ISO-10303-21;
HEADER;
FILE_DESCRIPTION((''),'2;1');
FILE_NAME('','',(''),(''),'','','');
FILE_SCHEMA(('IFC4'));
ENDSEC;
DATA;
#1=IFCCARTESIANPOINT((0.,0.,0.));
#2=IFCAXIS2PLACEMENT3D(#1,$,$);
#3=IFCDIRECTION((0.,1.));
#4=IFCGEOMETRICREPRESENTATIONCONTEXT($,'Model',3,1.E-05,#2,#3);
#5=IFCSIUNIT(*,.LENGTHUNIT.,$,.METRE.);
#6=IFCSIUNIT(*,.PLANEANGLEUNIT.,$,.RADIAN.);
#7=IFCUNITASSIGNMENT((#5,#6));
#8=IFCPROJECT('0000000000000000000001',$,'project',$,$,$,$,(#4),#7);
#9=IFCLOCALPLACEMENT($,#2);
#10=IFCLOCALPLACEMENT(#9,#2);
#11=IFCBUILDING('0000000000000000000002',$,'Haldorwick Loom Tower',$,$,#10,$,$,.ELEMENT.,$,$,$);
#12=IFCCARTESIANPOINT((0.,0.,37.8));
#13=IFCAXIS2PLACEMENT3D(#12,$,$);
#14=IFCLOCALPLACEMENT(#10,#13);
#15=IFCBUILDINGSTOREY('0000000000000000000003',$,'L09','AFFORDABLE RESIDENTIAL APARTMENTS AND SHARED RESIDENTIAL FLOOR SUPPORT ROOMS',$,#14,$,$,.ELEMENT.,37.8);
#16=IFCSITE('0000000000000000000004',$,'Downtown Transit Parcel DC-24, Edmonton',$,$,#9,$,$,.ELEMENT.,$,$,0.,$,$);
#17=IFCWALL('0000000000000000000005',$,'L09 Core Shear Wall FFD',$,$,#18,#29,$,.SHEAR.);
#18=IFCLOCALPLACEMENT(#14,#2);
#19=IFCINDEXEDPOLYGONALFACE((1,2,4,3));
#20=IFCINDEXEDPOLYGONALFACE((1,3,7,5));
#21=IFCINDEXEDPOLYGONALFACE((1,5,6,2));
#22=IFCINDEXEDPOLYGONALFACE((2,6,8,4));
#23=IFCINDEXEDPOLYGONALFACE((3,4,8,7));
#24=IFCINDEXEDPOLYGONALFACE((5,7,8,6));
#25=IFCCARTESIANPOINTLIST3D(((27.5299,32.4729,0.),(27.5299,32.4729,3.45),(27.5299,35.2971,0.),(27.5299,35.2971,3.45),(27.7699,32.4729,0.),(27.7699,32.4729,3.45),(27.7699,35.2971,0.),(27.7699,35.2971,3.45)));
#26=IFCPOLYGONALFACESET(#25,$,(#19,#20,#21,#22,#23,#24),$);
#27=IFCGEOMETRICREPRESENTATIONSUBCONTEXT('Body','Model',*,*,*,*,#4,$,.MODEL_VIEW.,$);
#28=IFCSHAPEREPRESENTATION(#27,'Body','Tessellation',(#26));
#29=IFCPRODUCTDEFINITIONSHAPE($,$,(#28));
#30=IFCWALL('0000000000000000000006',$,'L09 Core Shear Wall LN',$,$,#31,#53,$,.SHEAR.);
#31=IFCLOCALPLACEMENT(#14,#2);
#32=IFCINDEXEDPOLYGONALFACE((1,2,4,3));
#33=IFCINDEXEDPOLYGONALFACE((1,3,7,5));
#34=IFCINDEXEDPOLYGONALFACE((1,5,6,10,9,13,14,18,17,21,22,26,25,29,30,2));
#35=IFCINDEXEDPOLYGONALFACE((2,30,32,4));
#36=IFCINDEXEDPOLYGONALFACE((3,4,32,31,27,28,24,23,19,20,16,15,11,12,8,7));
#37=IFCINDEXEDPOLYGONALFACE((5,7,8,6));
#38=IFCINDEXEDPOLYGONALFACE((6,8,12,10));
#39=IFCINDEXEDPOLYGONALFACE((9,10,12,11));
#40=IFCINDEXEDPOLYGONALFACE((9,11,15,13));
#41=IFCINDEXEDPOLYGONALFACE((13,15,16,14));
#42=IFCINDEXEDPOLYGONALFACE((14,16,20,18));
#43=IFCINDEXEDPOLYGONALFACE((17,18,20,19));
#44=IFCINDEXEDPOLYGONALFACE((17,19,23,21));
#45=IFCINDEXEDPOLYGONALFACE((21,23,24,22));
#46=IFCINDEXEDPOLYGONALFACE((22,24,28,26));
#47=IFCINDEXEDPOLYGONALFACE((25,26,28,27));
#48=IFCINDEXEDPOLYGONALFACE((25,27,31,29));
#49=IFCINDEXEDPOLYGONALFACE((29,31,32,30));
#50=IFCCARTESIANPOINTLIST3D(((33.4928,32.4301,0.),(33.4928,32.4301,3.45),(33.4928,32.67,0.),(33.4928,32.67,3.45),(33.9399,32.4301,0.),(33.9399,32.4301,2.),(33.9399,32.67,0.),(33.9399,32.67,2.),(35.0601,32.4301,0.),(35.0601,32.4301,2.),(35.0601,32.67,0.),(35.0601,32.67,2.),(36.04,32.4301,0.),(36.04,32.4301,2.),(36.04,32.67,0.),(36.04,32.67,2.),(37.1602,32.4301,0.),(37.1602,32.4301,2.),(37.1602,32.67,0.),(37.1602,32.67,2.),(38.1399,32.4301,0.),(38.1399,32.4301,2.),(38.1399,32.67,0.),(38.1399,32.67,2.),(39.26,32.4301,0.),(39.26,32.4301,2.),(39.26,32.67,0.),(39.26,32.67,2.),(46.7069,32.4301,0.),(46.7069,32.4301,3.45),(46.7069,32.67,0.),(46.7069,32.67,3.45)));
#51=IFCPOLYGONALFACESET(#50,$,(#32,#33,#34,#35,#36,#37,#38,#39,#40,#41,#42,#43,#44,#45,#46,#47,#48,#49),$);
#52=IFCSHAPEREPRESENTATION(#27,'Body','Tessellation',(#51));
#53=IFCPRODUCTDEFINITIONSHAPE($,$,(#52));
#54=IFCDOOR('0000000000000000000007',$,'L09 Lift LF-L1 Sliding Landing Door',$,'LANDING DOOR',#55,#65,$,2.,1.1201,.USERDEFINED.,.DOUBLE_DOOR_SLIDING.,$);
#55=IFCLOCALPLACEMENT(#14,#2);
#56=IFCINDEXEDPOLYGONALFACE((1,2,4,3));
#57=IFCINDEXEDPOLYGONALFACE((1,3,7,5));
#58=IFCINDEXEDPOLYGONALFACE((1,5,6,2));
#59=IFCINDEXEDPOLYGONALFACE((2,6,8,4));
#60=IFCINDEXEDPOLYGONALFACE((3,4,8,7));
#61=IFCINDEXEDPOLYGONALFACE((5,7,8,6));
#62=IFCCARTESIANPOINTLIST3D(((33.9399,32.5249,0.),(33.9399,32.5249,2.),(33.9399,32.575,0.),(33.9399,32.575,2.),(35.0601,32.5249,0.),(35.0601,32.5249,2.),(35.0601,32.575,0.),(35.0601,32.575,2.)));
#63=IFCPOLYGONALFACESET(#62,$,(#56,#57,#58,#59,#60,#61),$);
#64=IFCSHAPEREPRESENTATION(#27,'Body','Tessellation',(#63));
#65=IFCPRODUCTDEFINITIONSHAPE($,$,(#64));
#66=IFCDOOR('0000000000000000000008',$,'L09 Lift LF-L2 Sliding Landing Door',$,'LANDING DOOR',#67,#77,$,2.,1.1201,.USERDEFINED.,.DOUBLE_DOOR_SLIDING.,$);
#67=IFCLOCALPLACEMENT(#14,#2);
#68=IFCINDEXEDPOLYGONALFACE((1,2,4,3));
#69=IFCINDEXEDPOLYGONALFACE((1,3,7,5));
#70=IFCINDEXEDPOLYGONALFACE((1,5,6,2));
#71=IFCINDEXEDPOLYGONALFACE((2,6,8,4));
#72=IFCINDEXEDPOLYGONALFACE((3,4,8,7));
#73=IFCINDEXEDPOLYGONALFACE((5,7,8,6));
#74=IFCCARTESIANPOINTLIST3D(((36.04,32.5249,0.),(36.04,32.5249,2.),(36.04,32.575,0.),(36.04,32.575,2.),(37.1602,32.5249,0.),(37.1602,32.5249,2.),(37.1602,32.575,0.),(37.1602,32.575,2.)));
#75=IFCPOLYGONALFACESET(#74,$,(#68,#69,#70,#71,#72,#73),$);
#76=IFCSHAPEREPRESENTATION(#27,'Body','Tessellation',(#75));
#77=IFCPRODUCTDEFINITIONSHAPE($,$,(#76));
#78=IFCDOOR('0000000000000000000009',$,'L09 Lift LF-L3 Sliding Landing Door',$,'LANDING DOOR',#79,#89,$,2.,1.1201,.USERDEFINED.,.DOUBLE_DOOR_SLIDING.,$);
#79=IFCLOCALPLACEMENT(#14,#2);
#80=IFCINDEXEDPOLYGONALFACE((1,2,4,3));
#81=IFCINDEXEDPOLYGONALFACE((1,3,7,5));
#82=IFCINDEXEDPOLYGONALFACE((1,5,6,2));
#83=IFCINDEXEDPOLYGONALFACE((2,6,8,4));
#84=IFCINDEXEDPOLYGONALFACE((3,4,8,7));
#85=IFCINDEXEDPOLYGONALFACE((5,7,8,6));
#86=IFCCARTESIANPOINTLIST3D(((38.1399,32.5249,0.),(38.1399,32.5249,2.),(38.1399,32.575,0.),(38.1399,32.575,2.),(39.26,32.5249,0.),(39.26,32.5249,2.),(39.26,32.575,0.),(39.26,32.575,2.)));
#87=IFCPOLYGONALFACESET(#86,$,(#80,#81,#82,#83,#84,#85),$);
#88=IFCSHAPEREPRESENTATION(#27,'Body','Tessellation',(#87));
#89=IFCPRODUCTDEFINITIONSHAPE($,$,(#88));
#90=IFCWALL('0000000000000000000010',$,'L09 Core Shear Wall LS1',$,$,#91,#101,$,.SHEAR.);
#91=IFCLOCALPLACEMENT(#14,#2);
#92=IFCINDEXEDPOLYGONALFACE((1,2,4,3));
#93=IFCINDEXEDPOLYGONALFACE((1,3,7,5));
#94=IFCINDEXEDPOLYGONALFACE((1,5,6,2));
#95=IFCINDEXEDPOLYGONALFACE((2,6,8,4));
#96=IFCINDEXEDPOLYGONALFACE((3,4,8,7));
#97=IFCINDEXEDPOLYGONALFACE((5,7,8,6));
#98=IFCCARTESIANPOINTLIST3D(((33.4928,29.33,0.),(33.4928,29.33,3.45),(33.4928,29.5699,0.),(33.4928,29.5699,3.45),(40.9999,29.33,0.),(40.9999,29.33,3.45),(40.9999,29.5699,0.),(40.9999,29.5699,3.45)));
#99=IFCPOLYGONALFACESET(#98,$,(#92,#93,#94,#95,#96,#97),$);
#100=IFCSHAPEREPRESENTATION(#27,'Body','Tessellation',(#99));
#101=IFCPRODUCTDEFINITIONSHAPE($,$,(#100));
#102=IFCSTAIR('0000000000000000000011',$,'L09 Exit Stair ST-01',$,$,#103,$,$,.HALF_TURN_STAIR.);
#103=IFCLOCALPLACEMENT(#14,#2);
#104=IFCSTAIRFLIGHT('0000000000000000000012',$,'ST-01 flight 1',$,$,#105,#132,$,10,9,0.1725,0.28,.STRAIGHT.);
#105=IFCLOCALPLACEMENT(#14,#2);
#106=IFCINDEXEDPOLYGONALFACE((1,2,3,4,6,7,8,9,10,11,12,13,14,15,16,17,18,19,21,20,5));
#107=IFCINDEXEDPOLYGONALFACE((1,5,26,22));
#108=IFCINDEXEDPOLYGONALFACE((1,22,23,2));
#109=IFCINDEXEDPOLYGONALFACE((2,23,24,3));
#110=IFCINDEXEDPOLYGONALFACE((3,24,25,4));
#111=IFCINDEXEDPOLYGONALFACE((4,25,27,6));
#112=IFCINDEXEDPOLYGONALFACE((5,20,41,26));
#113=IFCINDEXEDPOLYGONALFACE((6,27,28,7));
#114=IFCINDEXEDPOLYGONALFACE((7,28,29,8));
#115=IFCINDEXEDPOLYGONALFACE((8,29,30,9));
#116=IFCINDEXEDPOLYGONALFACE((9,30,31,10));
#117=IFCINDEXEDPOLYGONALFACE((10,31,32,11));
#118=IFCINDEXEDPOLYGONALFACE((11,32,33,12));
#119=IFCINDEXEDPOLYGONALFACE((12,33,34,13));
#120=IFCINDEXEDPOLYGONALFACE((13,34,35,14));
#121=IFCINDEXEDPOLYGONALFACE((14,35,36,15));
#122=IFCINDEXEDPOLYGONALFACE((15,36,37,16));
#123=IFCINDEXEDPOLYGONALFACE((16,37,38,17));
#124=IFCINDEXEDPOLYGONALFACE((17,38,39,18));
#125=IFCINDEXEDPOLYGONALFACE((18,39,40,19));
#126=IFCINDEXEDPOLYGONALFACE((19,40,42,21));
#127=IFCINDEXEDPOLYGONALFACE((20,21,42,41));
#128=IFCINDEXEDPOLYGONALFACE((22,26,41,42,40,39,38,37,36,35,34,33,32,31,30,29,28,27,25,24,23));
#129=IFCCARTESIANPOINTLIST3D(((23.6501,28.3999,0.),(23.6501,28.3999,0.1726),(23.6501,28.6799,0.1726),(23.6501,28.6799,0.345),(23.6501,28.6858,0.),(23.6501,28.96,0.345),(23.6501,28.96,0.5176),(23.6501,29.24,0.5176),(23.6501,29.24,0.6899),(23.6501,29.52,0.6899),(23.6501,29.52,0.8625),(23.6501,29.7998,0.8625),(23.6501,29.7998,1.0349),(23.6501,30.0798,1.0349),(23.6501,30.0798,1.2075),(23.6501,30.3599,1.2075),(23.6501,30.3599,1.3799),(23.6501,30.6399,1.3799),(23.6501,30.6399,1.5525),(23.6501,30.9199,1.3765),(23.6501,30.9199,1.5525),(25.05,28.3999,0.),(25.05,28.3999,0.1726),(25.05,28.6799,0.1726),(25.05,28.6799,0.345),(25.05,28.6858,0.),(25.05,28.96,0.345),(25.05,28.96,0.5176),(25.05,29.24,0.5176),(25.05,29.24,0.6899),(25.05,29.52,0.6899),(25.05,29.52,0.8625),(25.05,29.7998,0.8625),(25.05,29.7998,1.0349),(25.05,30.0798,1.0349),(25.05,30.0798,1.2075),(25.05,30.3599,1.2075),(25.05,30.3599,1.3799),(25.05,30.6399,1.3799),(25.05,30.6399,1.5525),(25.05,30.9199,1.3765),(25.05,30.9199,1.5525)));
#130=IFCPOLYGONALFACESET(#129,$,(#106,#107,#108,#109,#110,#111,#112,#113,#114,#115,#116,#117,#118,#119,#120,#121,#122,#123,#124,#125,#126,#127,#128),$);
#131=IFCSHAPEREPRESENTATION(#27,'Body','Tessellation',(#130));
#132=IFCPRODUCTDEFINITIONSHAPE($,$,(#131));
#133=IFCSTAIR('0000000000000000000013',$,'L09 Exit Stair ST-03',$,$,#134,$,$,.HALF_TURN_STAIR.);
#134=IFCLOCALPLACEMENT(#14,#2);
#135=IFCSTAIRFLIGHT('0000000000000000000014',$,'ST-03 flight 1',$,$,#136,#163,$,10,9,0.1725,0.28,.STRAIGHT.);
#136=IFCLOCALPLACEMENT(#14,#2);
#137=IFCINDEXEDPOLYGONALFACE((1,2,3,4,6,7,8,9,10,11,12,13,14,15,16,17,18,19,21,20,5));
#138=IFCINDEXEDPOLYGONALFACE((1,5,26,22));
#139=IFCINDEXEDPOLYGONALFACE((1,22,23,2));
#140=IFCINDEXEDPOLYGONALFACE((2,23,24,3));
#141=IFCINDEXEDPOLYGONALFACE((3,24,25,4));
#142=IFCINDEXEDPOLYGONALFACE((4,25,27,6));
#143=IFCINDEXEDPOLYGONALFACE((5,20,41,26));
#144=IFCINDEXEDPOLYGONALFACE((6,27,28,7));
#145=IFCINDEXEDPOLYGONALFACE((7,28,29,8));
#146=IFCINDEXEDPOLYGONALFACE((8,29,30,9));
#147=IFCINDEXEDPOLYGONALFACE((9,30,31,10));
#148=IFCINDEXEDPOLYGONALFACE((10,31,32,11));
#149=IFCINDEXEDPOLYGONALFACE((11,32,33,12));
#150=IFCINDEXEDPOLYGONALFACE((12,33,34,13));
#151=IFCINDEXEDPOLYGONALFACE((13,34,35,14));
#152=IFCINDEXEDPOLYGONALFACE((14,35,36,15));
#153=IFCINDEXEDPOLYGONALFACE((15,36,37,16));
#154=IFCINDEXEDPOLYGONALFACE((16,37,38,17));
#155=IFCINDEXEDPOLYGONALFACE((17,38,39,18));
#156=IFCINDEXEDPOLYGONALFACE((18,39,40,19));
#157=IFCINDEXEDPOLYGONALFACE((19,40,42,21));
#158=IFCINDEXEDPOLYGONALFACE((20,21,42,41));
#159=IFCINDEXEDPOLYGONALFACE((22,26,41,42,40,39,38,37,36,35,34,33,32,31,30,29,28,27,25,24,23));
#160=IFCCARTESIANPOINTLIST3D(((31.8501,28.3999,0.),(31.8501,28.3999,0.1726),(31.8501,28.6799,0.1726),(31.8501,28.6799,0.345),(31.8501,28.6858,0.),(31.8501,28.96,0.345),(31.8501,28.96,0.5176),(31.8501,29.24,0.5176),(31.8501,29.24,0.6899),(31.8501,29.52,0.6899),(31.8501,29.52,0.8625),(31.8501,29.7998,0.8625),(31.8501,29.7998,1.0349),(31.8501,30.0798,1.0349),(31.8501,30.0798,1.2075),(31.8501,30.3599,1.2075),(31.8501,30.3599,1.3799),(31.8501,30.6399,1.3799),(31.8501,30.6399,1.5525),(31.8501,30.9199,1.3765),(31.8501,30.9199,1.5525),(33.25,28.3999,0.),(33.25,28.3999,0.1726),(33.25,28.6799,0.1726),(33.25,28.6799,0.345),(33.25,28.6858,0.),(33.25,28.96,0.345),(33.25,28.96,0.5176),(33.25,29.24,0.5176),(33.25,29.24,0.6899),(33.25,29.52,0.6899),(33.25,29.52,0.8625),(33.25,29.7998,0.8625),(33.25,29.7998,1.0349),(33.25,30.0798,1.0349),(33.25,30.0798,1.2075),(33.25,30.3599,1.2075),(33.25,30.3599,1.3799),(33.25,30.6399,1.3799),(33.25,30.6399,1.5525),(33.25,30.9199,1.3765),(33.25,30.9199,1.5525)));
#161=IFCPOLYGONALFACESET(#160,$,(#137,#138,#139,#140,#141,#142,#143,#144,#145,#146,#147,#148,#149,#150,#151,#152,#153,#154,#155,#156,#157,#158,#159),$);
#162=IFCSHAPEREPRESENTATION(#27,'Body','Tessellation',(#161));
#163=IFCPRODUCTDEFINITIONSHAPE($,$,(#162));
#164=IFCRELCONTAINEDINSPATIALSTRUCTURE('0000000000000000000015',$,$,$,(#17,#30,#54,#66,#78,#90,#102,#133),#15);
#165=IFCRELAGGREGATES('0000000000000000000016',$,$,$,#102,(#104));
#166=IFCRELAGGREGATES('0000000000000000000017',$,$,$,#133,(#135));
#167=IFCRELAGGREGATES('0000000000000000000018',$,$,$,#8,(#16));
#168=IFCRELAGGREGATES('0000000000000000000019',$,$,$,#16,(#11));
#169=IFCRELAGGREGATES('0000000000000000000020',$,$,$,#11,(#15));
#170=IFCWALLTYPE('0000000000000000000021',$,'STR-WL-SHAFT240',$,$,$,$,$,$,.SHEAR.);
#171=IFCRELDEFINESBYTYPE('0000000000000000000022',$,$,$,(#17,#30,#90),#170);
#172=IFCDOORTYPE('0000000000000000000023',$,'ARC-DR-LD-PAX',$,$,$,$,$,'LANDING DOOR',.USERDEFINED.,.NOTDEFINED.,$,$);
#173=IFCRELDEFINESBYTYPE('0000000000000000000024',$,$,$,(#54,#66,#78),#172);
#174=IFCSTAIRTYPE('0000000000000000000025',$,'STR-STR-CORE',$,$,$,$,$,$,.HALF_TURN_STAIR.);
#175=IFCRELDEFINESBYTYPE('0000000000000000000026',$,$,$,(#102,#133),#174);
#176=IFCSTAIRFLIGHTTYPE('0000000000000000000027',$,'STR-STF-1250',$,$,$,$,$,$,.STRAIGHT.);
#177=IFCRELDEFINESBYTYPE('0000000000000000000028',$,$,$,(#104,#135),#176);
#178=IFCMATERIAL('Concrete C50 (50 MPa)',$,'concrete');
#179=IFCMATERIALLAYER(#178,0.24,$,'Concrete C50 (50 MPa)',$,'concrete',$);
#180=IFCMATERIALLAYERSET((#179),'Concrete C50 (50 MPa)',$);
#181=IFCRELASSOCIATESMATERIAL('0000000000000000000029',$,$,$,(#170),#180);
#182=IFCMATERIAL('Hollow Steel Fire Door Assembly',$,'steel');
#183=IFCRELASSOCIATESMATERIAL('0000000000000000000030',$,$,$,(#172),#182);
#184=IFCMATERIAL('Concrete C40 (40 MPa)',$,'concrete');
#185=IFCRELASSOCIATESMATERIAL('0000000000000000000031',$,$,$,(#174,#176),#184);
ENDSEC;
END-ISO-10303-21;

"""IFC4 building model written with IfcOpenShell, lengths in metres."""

from ifc_helpers import new_model, si_unit, direction, frame, frame_2d, origin, place, context, subcontext, project, spatial, polyline, rectangle, outline, extrude, material, layer, layer_set, type_object, element, fill, aggregate, save


model = new_model("IFC4")

# Units and contexts
model_context = context("Model", 3, precision=1e-05, world=origin(), true_north=direction((0.0, 1.0)))
body_context = subcontext(model_context, "Body", "Model", "MODEL_VIEW")
ifc_project = project(units=[si_unit("LENGTHUNIT", "METRE"), si_unit("PLANEANGLEUNIT", "RADIAN")], contexts=[model_context])

# Site, building, storey
site_placement = place(None, origin())
site = spatial("IfcSite", under=ifc_project, at=site_placement, Name="Downtown Transit Parcel DC-24, Edmonton", CompositionType="ELEMENT", RefElevation=0.0)
building_placement = place(site_placement, origin())
building = spatial("IfcBuilding", under=site, at=building_placement, Name="Haldorwick Loom Tower", CompositionType="ELEMENT")
storey_placement = place(building_placement, frame((0.0, 0.0, 37.8)))
storey = spatial("IfcBuildingStorey", under=building, at=storey_placement, Name="L09", Description="AFFORDABLE RESIDENTIAL APARTMENTS AND SHARED RESIDENTIAL FLOOR SUPPORT ROOMS", CompositionType="ELEMENT", Elevation=37.8)

# Shared definitions
ifc_material_1 = material(Name="Concrete C50 (50 MPa)", Category="concrete")
ifc_layer = layer(ifc_material_1, 0.24, Name="Concrete C50 (50 MPa)", Category="concrete")
ifc_layer_set = layer_set([ifc_layer], Name="Concrete C50 (50 MPa)")
wall_type = type_object("IfcWallType", Name="STR-WL-SHAFT240", PredefinedType="SHEAR", material=ifc_layer_set)

# Shared definitions
ifc_material_2 = material(Name="Hollow Steel Fire Door Assembly", Category="steel")

# Wall
wall_1_placement = place(storey_placement, frame((27.6499, 32.4729, 0.0), z_axis=(0.0, 0.0, 1.0), x_axis=(0.0, 1.0, 0.0)))
element("IfcWall", 1, at=wall_1_placement, inside=storey, type_object=wall_type, Name="L09 Core Shear Wall FFD", PredefinedType="SHEAR", context=body_context, shape_type="SweptSolid", body=[
    extrude(rectangle(XDim=2.8242, YDim=0.24, at=frame_2d((1.4121, 0.0))), origin(), (0.0, 0.0, 1.0), 3.45),
])

# Wall, openings, doors
wall_2_placement = place(storey_placement, frame((33.4929, 32.55, 0.0), z_axis=(0.0, 0.0, 1.0), x_axis=(1.0, 0.0, 0.0)))
wall_2 = element("IfcWall", 2, at=wall_2_placement, inside=storey, type_object=wall_type, Name="L09 Core Shear Wall LN", PredefinedType="SHEAR", context=body_context, shape_type="SweptSolid", body=[
    extrude(rectangle(XDim=13.2141, YDim=0.24, at=frame_2d((6.6069, 0.0))), origin(), (0.0, 0.0, 1.0), 3.45),
])
opening_1_placement = place(wall_2_placement, frame((0.447, 0.0, 0.0)))
opening_1 = element("IfcOpeningElement", 3, at=opening_1_placement, cuts=wall_2, PredefinedType="OPENING", context=body_context, shape_type="SweptSolid", body=[
    extrude(rectangle(XDim=1.1201, YDim=2.0, at=frame_2d((0.5601, 1.0))), frame((0.0, 0.1299, 0.0), z_axis=(0.0, -1.0, 0.0), x_axis=(1.0, 0.0, 0.0)), (0.0, 0.0, 1.0), 0.26),
])
opening_2_placement = place(wall_2_placement, frame((2.5471, 0.0, 0.0)))
opening_2 = element("IfcOpeningElement", 4, at=opening_2_placement, cuts=wall_2, PredefinedType="OPENING", context=body_context, shape_type="SweptSolid", body=[
    extrude(rectangle(XDim=1.1201, YDim=2.0, at=frame_2d((0.5601, 1.0))), frame((0.0, 0.1299, 0.0), z_axis=(0.0, -1.0, 0.0), x_axis=(1.0, 0.0, 0.0)), (0.0, 0.0, 1.0), 0.26),
])
opening_3_placement = place(wall_2_placement, frame((4.647, 0.0, 0.0)))
opening_3 = element("IfcOpeningElement", 5, at=opening_3_placement, cuts=wall_2, PredefinedType="OPENING", context=body_context, shape_type="SweptSolid", body=[
    extrude(rectangle(XDim=1.1201, YDim=2.0, at=frame_2d((0.5601, 1.0))), frame((0.0, 0.1299, 0.0), z_axis=(0.0, -1.0, 0.0), x_axis=(1.0, 0.0, 0.0)), (0.0, 0.0, 1.0), 0.26),
])
door_type_1 = type_object("IfcDoorType", Name="ARC-DR-LD-PAX", ElementType="LANDING DOOR", OperationType="NOTDEFINED", PredefinedType="USERDEFINED", material=ifc_material_2)
door_1_placement = place(opening_1_placement, origin())
door_1 = element("IfcDoor", 6, at=door_1_placement, inside=storey, type_object=door_type_1, Name="L09 Lift LF-L1 Sliding Landing Door", ObjectType="LANDING DOOR", OperationType="DOUBLE_DOOR_SLIDING", OverallHeight=2.0, OverallWidth=1.1201, PredefinedType="USERDEFINED", context=body_context, shape_type="SweptSolid", body=[
    extrude(rectangle(XDim=1.1201, YDim=2.0, at=frame_2d((0.5601, 1.0))), frame((0.0, 0.0249, 0.0), z_axis=(0.0, -1.0, 0.0), x_axis=(1.0, 0.0, 0.0)), (0.0, 0.0, 1.0), 0.05),
])
fill(opening_1, door_1)
door_2_placement = place(opening_2_placement, origin())
door_2 = element("IfcDoor", 7, at=door_2_placement, inside=storey, type_object=door_type_1, Name="L09 Lift LF-L2 Sliding Landing Door", ObjectType="LANDING DOOR", OperationType="DOUBLE_DOOR_SLIDING", OverallHeight=2.0, OverallWidth=1.1201, PredefinedType="USERDEFINED", context=body_context, shape_type="SweptSolid", body=[
    extrude(rectangle(XDim=1.1201, YDim=2.0, at=frame_2d((0.5601, 1.0))), frame((0.0, 0.0249, 0.0), z_axis=(0.0, -1.0, 0.0), x_axis=(1.0, 0.0, 0.0)), (0.0, 0.0, 1.0), 0.05),
])
fill(opening_2, door_2)
door_3_placement = place(opening_3_placement, origin())
door_3 = element("IfcDoor", 8, at=door_3_placement, inside=storey, type_object=door_type_1, Name="L09 Lift LF-L3 Sliding Landing Door", ObjectType="LANDING DOOR", OperationType="DOUBLE_DOOR_SLIDING", OverallHeight=2.0, OverallWidth=1.1201, PredefinedType="USERDEFINED", context=body_context, shape_type="SweptSolid", body=[
    extrude(rectangle(XDim=1.1201, YDim=2.0, at=frame_2d((0.5601, 1.0))), frame((0.0, 0.0249, 0.0), z_axis=(0.0, -1.0, 0.0), x_axis=(1.0, 0.0, 0.0)), (0.0, 0.0, 1.0), 0.05),
])
fill(opening_3, door_3)

# Wall
wall_3_placement = place(storey_placement, frame((33.4929, 29.45, 0.0), z_axis=(0.0, 0.0, 1.0), x_axis=(1.0, 0.0, 0.0)))
element("IfcWall", 9, at=wall_3_placement, inside=storey, type_object=wall_type, Name="L09 Core Shear Wall LS1", PredefinedType="SHEAR", context=body_context, shape_type="SweptSolid", body=[
    extrude(rectangle(XDim=7.5071, YDim=0.24, at=frame_2d((3.7534, 0.0))), origin(), (0.0, 0.0, 1.0), 3.45),
])

# Stair, stair flight
ifc_material_3 = material(Name="Concrete C40 (40 MPa)", Category="concrete")
stair_type = type_object("IfcStairType", Name="STR-STR-CORE", PredefinedType="HALF_TURN_STAIR", material=ifc_material_3)
stair_1_placement = place(storey_placement, origin())
stair_1 = element("IfcStair", 10, at=stair_1_placement, inside=storey, type_object=stair_type, Name="L09 Exit Stair ST-01", PredefinedType="HALF_TURN_STAIR")
stair_flight_type = type_object("IfcStairFlightType", Name="STR-STF-1250", PredefinedType="STRAIGHT", material=ifc_material_3)
stair_flight_1_placement = place(storey_placement, frame((24.3501, 28.3999, 0.0), z_axis=(0.0, 0.0, 1.0), x_axis=(0.0, 1.0, 0.0)))
stair_flight_1 = element("IfcStairFlight", 11, at=stair_flight_1_placement, type_object=stair_flight_type, Name="ST-01 flight 1", NumberOfRisers=10, NumberOfTreads=9, PredefinedType="STRAIGHT", RiserHeight=0.1725, TreadLength=0.28, context=body_context, shape_type="SweptSolid", body=[
    extrude(outline(polyline([(0.0, 0.0), (0.0, 0.1726), (0.28, 0.1726), (0.28, 0.345), (0.5601, 0.345), (0.5601, 0.5176), (0.8401, 0.5176), (0.8401, 0.6899), (1.1201, 0.6899), (1.1201, 0.8625), (1.3999, 0.8625), (1.3999, 1.0349), (1.6799, 1.0349), (1.6799, 1.2075), (1.96, 1.2075), (1.96, 1.3799), (2.24, 1.3799), (2.24, 1.5525), (2.52, 1.5525), (2.52, 1.7251), (2.52, 1.3765), (0.2859, 0.0), (0.0, 0.0)])), frame((0.0, 0.7, 0.0), z_axis=(0.0, -1.0, 0.0), x_axis=(1.0, 0.0, 0.0)), (0.0, 0.0, 1.0), 1.3999),
])
aggregate(stair_1, [stair_flight_1])

# Stair, stair flight
stair_2_placement = place(storey_placement, origin())
stair_2 = element("IfcStair", 12, at=stair_2_placement, inside=storey, type_object=stair_type, Name="L09 Exit Stair ST-03", PredefinedType="HALF_TURN_STAIR")
stair_flight_2_placement = place(storey_placement, frame((32.55, 28.3999, 0.0), z_axis=(0.0, 0.0, 1.0), x_axis=(0.0, 1.0, 0.0)))
stair_flight_2 = element("IfcStairFlight", 13, at=stair_flight_2_placement, type_object=stair_flight_type, Name="ST-03 flight 1", NumberOfRisers=10, NumberOfTreads=9, PredefinedType="STRAIGHT", RiserHeight=0.1725, TreadLength=0.28, context=body_context, shape_type="SweptSolid", body=[
    extrude(outline(polyline([(0.0, 0.0), (0.0, 0.1726), (0.28, 0.1726), (0.28, 0.345), (0.5601, 0.345), (0.5601, 0.5176), (0.8401, 0.5176), (0.8401, 0.6899), (1.1201, 0.6899), (1.1201, 0.8625), (1.3999, 0.8625), (1.3999, 1.0349), (1.6799, 1.0349), (1.6799, 1.2075), (1.96, 1.2075), (1.96, 1.3799), (2.24, 1.3799), (2.24, 1.5525), (2.52, 1.5525), (2.52, 1.7251), (2.52, 1.3765), (0.2859, 0.0), (0.0, 0.0)])), frame((0.0, 0.7, 0.0), z_axis=(0.0, -1.0, 0.0), x_axis=(1.0, 0.0, 0.0)), (0.0, 0.0, 1.0), 1.3999),
])
aggregate(stair_2, [stair_flight_2])

save(model, "model.ifc")
